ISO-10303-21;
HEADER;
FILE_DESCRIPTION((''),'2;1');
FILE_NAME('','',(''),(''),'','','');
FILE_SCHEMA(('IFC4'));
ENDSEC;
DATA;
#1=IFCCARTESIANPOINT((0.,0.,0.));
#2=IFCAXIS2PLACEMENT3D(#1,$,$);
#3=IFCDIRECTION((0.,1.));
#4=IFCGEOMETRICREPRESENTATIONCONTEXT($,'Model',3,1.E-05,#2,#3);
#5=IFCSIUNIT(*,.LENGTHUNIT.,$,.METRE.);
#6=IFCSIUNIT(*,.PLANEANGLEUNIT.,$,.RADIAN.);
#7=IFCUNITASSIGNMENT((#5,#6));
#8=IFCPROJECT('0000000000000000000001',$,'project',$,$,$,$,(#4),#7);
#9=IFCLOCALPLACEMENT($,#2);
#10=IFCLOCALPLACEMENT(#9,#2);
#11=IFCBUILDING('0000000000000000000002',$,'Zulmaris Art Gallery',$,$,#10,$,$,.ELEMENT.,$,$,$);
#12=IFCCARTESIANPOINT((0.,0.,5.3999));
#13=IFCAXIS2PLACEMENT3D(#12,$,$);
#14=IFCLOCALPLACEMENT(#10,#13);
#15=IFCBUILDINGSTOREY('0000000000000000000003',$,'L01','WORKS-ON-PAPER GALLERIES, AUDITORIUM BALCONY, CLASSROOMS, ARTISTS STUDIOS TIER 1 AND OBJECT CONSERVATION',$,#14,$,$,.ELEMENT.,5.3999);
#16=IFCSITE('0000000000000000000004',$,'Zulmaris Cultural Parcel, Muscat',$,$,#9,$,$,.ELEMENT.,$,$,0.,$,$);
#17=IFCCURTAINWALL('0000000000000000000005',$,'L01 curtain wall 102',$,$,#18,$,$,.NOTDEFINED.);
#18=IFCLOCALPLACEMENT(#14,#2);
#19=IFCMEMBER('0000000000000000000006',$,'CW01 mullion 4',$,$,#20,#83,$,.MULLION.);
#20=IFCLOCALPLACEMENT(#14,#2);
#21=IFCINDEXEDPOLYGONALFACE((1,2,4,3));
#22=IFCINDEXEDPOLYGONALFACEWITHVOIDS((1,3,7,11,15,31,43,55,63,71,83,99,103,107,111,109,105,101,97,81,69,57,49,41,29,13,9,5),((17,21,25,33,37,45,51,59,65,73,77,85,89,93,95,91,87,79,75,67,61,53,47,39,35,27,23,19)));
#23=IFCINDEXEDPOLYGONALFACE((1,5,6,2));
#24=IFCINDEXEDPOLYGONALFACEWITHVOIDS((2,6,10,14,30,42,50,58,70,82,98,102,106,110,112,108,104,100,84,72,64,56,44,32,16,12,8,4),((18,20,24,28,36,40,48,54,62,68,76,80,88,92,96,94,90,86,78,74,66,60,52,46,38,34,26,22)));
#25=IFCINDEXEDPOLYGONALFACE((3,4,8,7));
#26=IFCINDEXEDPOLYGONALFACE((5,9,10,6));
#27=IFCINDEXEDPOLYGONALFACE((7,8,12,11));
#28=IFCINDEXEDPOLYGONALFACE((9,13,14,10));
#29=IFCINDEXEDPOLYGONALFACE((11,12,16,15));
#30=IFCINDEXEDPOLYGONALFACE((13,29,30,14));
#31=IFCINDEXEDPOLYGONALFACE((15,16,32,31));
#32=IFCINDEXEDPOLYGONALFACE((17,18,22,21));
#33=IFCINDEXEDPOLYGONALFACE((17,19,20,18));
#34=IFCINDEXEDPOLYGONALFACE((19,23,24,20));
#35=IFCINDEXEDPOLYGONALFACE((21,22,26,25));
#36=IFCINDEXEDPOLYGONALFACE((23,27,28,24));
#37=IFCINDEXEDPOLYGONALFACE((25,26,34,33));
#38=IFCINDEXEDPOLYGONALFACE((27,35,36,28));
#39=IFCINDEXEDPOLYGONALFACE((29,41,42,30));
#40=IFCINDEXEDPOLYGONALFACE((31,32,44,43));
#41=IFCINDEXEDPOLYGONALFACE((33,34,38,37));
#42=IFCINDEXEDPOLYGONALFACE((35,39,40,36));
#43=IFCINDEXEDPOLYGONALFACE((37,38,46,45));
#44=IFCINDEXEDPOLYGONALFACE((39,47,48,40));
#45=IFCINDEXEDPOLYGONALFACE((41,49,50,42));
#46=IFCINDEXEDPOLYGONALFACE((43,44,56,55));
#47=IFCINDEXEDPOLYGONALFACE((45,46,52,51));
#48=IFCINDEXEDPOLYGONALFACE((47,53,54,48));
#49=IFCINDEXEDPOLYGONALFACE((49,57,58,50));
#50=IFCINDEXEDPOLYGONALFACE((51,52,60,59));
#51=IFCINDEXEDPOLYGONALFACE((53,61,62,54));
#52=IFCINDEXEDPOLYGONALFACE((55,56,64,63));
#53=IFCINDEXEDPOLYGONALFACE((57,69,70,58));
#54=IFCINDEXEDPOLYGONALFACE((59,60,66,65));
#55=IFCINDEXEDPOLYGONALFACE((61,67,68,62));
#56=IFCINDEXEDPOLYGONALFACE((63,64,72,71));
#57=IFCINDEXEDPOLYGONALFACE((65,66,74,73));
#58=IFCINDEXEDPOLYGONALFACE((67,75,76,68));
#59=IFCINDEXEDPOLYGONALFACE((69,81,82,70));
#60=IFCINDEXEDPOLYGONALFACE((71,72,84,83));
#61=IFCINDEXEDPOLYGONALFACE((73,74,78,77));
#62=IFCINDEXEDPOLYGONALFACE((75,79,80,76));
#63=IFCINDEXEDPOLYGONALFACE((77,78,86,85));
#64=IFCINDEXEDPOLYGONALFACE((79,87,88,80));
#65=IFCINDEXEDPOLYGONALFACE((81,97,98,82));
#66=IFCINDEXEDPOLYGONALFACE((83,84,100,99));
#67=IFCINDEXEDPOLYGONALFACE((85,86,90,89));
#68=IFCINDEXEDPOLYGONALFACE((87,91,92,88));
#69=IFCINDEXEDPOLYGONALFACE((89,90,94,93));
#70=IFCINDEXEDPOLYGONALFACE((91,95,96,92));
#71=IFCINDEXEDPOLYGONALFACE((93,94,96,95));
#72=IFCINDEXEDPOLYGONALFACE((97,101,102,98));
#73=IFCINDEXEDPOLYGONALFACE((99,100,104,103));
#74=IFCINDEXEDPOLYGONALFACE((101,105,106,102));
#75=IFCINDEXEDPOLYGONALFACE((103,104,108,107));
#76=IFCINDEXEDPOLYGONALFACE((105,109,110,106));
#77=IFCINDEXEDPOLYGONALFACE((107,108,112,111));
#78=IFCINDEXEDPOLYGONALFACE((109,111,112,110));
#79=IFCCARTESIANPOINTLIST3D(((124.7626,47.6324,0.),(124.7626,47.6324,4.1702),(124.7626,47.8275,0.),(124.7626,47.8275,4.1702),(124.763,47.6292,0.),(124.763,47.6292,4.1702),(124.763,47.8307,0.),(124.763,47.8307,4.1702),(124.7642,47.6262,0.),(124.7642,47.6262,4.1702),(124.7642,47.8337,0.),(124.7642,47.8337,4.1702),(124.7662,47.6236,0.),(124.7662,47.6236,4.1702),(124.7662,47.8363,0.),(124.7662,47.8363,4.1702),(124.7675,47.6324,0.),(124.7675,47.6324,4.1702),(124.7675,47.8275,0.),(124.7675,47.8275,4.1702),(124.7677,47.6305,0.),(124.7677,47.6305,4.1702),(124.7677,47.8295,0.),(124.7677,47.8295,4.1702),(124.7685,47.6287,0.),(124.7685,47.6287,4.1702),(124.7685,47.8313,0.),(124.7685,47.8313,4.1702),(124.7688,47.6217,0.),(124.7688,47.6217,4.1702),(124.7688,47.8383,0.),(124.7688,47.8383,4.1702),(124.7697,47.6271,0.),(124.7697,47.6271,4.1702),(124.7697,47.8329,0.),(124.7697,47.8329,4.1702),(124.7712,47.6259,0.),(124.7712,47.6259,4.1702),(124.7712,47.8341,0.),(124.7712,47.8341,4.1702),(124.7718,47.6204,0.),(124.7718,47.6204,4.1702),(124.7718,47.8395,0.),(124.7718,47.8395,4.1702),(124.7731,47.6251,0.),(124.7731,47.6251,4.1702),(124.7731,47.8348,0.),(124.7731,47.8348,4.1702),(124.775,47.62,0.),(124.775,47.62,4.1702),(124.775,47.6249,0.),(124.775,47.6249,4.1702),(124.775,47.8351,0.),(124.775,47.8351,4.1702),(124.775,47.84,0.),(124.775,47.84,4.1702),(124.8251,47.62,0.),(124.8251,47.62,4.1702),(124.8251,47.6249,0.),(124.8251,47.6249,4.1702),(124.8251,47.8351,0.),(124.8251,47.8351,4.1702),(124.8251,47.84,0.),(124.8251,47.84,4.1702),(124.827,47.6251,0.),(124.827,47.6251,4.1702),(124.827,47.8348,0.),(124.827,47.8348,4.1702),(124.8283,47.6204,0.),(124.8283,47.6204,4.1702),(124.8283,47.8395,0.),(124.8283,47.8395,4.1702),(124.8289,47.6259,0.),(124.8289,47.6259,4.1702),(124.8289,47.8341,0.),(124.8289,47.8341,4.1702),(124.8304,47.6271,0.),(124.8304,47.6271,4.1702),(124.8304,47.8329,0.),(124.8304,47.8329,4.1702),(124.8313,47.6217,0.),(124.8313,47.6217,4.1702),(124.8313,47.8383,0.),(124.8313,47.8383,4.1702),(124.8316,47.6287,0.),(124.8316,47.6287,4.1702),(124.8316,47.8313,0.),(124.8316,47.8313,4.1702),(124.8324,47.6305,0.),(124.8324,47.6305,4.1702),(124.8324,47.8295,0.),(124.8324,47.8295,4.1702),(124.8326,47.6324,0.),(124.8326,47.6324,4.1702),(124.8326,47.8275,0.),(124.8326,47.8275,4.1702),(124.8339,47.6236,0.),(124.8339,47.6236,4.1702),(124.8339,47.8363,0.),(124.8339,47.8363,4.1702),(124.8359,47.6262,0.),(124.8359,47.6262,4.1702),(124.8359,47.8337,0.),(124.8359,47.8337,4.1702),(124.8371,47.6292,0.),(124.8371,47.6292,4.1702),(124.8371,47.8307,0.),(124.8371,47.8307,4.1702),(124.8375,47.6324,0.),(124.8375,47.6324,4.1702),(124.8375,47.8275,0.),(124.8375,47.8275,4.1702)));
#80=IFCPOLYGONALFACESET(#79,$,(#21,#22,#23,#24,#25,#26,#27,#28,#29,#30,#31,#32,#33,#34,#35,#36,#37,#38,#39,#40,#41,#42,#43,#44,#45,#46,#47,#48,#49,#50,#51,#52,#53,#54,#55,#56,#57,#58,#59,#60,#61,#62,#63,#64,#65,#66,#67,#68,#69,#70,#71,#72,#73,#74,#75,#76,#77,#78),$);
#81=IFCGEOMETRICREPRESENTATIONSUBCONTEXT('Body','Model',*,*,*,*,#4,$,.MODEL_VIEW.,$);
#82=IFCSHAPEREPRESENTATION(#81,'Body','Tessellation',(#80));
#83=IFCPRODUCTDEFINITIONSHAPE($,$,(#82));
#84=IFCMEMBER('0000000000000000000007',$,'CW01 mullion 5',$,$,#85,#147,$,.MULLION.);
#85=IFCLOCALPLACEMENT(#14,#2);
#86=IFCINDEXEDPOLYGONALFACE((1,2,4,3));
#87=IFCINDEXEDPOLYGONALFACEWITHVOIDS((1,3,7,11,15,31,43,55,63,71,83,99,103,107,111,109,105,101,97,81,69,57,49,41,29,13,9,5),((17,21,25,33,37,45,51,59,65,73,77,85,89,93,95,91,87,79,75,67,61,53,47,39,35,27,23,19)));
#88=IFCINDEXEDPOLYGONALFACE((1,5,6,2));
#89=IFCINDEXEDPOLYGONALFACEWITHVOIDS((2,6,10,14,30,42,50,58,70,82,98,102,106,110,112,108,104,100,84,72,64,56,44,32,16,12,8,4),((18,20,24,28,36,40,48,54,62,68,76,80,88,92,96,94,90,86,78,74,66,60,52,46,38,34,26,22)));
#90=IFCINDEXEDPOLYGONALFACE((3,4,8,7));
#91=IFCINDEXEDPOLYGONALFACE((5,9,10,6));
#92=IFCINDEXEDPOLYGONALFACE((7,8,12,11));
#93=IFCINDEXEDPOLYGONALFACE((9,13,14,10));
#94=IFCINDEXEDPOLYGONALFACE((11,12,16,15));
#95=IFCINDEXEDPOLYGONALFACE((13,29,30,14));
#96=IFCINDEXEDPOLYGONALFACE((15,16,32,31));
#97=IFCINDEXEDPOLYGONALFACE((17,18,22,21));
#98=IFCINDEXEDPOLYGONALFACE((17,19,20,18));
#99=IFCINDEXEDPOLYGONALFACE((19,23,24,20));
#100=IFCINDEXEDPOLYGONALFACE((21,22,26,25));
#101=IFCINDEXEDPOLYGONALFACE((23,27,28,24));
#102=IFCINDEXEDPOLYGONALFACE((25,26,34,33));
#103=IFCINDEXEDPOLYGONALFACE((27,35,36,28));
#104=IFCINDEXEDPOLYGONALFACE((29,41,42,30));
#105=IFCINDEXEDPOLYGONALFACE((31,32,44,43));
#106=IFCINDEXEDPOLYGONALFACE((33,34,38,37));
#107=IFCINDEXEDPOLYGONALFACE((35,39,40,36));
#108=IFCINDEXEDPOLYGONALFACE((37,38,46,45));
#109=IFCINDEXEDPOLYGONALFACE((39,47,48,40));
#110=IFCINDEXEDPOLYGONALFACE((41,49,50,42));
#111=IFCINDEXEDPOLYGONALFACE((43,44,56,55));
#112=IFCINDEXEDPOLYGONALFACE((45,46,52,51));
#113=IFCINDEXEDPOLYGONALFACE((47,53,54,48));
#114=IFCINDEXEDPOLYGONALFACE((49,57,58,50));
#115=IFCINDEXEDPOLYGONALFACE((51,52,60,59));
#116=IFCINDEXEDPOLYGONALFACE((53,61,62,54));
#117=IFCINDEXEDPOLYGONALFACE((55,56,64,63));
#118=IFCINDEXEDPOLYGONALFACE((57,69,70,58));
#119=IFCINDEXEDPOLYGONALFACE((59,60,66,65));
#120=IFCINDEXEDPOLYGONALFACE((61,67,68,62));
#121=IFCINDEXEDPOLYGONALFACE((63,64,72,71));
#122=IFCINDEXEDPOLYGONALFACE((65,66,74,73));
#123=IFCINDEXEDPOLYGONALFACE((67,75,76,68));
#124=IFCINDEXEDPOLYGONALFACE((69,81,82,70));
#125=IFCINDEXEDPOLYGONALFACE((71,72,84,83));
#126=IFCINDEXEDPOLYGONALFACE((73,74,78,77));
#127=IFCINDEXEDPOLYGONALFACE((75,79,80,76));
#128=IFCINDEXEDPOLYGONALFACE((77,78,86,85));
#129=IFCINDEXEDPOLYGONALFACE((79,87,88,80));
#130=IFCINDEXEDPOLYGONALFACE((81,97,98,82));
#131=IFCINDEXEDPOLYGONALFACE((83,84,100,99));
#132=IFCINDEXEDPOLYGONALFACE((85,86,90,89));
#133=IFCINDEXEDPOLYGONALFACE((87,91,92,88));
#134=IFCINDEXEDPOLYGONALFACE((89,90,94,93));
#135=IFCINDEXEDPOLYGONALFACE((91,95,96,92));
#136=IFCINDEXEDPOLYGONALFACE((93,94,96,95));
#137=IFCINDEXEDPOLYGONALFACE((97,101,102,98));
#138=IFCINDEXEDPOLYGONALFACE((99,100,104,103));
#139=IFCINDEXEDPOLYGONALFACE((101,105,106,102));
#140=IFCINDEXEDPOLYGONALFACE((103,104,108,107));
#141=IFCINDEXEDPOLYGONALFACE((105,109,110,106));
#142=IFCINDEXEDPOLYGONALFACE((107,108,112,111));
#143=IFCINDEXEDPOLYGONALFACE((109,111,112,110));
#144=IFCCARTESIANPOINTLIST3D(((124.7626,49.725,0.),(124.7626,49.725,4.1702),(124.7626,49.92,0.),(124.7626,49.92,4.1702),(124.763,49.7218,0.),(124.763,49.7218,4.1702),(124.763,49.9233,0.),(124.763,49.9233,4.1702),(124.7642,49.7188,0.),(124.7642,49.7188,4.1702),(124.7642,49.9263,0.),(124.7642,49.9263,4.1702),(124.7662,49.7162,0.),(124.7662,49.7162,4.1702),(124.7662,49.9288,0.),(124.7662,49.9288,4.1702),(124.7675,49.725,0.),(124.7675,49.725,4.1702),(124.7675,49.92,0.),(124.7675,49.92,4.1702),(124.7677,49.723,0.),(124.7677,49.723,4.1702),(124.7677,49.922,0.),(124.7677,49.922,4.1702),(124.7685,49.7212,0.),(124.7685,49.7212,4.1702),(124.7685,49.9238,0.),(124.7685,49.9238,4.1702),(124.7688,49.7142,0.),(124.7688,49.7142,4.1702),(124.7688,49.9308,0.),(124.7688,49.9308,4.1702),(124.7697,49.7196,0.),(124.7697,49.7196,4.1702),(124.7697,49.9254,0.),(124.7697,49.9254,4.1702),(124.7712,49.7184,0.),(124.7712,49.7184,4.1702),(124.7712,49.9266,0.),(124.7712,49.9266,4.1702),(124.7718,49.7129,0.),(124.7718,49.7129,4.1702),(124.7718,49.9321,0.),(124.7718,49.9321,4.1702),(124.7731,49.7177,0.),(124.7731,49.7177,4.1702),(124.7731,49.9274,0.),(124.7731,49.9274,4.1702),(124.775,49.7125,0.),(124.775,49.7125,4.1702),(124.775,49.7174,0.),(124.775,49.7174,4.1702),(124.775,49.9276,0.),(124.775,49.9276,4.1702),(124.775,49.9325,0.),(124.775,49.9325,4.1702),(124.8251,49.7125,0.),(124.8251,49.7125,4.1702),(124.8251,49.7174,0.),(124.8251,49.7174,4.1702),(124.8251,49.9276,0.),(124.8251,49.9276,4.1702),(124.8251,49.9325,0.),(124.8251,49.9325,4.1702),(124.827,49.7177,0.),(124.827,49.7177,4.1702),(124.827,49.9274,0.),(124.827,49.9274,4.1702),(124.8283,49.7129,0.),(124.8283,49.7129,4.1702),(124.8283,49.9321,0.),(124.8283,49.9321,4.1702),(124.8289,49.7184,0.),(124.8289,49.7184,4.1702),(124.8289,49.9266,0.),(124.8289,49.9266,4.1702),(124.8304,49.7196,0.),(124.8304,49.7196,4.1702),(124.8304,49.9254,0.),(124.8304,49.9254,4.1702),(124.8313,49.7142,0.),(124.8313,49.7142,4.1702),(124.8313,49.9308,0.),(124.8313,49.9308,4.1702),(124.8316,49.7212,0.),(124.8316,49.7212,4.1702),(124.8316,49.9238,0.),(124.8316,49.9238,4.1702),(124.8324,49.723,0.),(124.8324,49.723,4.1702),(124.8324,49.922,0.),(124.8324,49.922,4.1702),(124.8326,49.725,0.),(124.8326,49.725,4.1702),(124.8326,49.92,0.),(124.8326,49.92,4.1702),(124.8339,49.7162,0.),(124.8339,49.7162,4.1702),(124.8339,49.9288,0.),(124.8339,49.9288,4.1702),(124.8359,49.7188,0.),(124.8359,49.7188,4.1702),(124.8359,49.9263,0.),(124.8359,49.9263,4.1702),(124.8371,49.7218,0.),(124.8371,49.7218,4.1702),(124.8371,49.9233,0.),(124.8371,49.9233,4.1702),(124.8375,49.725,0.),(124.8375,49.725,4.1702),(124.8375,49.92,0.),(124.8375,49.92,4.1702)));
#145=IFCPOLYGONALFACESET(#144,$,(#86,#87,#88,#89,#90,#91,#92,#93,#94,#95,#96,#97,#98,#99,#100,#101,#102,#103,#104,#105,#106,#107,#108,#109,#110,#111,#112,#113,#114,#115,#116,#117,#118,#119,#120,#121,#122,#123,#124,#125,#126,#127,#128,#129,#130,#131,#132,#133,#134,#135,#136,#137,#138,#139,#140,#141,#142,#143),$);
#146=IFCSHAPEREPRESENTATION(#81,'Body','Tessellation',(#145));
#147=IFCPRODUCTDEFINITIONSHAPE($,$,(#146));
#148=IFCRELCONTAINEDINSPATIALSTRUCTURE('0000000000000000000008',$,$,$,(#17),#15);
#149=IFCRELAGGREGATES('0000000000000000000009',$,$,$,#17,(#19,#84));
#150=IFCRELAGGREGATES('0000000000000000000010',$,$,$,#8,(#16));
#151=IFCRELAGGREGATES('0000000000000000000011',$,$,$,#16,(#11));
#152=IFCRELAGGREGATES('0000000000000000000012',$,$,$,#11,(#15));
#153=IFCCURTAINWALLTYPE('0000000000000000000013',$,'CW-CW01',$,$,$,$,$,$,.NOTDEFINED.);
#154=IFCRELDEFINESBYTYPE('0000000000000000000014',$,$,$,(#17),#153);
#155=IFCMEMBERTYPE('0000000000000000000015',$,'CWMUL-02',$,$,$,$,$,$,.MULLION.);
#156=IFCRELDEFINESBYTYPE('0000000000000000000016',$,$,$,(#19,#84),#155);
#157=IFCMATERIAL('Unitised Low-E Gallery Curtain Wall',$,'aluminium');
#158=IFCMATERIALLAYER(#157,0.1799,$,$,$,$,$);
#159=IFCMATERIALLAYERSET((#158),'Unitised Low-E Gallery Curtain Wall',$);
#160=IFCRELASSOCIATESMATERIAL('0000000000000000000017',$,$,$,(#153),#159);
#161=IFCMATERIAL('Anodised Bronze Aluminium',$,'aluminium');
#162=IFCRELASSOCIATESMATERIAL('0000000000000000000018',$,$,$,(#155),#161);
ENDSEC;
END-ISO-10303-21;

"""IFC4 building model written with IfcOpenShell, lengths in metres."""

from ifc_helpers import new_model, si_unit, direction, frame, origin, origin_2d, place, context, subcontext, project, spatial, hollow_rectangle, extrude, material, layer, layer_set, material_profile, profile_set, type_object, element, aggregate, save


model = new_model("IFC4")

# Units and contexts
model_context = context("Model", 3, precision=1e-05, world=origin(), true_north=direction((0.0, 1.0)))
body_context = subcontext(model_context, "Body", "Model", "MODEL_VIEW")
ifc_project = project(units=[si_unit("LENGTHUNIT", "METRE"), si_unit("PLANEANGLEUNIT", "RADIAN")], contexts=[model_context])

# Site, building, storey
site_placement = place(None, origin())
site = spatial("IfcSite", under=ifc_project, at=site_placement, Name="Zulmaris Cultural Parcel, Muscat", CompositionType="ELEMENT", RefElevation=0.0)
building_placement = place(site_placement, origin())
building = spatial("IfcBuilding", under=site, at=building_placement, Name="Zulmaris Art Gallery", CompositionType="ELEMENT")
storey_placement = place(building_placement, frame((0.0, 0.0, 5.3999)))
storey = spatial("IfcBuildingStorey", under=building, at=storey_placement, Name="L01", Description="WORKS-ON-PAPER GALLERIES, AUDITORIUM BALCONY, CLASSROOMS, ARTISTS STUDIOS TIER 1 AND OBJECT CONSERVATION", CompositionType="ELEMENT", Elevation=5.3999)

# Curtain wall, members
ifc_material_1 = material(Name="Unitised Low-E Gallery Curtain Wall", Category="aluminium")
ifc_layer_1 = layer(ifc_material_1, 0.1799)
ifc_layer_set_1 = layer_set([ifc_layer_1], Name="Unitised Low-E Gallery Curtain Wall")
curtain_wall_type = type_object("IfcCurtainWallType", Name="CW-CW01", PredefinedType="NOTDEFINED", material=ifc_layer_set_1)
curtain_wall_1_placement = place(storey_placement, origin())
curtain_wall_1 = element("IfcCurtainWall", 1, at=curtain_wall_1_placement, inside=storey, type_object=curtain_wall_type, Name="L01 curtain wall 102", PredefinedType="NOTDEFINED")
ifc_material_2 = material(Name="Anodised Bronze Aluminium", Category="aluminium")
ifc_material_profile_1 = material_profile(ifc_material_2, hollow_rectangle(XDim=0.075, YDim=0.22, WallThickness=0.0049, InnerFilletRadius=0.0076, OuterFilletRadius=0.0125, at=origin_2d()), Name="ALU 75x220x5")
ifc_profile_set_1 = profile_set([ifc_material_profile_1], Name="Anodised Bronze Aluminium")
member_type_1 = type_object("IfcMemberType", Name="CWMUL-02", PredefinedType="MULLION", material=ifc_profile_set_1)
member_1_placement = place(storey_placement, frame((124.8, 47.73, 0.0), z_axis=(0.0, 0.0, 1.0), x_axis=(-1.0, 0.0, 0.0)))
member_1 = element("IfcMember", 2, at=member_1_placement, type_object=member_type_1, Name="CW01 mullion 4", PredefinedType="MULLION", context=body_context, shape_type="SweptSolid", body=[
    extrude(hollow_rectangle(XDim=0.075, YDim=0.22, WallThickness=0.0049, InnerFilletRadius=0.0076, OuterFilletRadius=0.0125, at=origin_2d()), origin(), (0.0, 0.0, 1.0), 4.1702),
])
member_2_placement = place(storey_placement, frame((124.8, 49.8225, 0.0), z_axis=(0.0, 0.0, 1.0), x_axis=(-1.0, 0.0, 0.0)))
member_2 = element("IfcMember", 3, at=member_2_placement, type_object=member_type_1, Name="CW01 mullion 5", PredefinedType="MULLION", context=body_context, shape_type="SweptSolid", body=[
    extrude(hollow_rectangle(XDim=0.075, YDim=0.22, WallThickness=0.0049, InnerFilletRadius=0.0076, OuterFilletRadius=0.0125, at=origin_2d()), origin(), (0.0, 0.0, 1.0), 4.1702),
])

aggregate(curtain_wall_1, [member_1, member_2])

save(model, "model.ifc")
